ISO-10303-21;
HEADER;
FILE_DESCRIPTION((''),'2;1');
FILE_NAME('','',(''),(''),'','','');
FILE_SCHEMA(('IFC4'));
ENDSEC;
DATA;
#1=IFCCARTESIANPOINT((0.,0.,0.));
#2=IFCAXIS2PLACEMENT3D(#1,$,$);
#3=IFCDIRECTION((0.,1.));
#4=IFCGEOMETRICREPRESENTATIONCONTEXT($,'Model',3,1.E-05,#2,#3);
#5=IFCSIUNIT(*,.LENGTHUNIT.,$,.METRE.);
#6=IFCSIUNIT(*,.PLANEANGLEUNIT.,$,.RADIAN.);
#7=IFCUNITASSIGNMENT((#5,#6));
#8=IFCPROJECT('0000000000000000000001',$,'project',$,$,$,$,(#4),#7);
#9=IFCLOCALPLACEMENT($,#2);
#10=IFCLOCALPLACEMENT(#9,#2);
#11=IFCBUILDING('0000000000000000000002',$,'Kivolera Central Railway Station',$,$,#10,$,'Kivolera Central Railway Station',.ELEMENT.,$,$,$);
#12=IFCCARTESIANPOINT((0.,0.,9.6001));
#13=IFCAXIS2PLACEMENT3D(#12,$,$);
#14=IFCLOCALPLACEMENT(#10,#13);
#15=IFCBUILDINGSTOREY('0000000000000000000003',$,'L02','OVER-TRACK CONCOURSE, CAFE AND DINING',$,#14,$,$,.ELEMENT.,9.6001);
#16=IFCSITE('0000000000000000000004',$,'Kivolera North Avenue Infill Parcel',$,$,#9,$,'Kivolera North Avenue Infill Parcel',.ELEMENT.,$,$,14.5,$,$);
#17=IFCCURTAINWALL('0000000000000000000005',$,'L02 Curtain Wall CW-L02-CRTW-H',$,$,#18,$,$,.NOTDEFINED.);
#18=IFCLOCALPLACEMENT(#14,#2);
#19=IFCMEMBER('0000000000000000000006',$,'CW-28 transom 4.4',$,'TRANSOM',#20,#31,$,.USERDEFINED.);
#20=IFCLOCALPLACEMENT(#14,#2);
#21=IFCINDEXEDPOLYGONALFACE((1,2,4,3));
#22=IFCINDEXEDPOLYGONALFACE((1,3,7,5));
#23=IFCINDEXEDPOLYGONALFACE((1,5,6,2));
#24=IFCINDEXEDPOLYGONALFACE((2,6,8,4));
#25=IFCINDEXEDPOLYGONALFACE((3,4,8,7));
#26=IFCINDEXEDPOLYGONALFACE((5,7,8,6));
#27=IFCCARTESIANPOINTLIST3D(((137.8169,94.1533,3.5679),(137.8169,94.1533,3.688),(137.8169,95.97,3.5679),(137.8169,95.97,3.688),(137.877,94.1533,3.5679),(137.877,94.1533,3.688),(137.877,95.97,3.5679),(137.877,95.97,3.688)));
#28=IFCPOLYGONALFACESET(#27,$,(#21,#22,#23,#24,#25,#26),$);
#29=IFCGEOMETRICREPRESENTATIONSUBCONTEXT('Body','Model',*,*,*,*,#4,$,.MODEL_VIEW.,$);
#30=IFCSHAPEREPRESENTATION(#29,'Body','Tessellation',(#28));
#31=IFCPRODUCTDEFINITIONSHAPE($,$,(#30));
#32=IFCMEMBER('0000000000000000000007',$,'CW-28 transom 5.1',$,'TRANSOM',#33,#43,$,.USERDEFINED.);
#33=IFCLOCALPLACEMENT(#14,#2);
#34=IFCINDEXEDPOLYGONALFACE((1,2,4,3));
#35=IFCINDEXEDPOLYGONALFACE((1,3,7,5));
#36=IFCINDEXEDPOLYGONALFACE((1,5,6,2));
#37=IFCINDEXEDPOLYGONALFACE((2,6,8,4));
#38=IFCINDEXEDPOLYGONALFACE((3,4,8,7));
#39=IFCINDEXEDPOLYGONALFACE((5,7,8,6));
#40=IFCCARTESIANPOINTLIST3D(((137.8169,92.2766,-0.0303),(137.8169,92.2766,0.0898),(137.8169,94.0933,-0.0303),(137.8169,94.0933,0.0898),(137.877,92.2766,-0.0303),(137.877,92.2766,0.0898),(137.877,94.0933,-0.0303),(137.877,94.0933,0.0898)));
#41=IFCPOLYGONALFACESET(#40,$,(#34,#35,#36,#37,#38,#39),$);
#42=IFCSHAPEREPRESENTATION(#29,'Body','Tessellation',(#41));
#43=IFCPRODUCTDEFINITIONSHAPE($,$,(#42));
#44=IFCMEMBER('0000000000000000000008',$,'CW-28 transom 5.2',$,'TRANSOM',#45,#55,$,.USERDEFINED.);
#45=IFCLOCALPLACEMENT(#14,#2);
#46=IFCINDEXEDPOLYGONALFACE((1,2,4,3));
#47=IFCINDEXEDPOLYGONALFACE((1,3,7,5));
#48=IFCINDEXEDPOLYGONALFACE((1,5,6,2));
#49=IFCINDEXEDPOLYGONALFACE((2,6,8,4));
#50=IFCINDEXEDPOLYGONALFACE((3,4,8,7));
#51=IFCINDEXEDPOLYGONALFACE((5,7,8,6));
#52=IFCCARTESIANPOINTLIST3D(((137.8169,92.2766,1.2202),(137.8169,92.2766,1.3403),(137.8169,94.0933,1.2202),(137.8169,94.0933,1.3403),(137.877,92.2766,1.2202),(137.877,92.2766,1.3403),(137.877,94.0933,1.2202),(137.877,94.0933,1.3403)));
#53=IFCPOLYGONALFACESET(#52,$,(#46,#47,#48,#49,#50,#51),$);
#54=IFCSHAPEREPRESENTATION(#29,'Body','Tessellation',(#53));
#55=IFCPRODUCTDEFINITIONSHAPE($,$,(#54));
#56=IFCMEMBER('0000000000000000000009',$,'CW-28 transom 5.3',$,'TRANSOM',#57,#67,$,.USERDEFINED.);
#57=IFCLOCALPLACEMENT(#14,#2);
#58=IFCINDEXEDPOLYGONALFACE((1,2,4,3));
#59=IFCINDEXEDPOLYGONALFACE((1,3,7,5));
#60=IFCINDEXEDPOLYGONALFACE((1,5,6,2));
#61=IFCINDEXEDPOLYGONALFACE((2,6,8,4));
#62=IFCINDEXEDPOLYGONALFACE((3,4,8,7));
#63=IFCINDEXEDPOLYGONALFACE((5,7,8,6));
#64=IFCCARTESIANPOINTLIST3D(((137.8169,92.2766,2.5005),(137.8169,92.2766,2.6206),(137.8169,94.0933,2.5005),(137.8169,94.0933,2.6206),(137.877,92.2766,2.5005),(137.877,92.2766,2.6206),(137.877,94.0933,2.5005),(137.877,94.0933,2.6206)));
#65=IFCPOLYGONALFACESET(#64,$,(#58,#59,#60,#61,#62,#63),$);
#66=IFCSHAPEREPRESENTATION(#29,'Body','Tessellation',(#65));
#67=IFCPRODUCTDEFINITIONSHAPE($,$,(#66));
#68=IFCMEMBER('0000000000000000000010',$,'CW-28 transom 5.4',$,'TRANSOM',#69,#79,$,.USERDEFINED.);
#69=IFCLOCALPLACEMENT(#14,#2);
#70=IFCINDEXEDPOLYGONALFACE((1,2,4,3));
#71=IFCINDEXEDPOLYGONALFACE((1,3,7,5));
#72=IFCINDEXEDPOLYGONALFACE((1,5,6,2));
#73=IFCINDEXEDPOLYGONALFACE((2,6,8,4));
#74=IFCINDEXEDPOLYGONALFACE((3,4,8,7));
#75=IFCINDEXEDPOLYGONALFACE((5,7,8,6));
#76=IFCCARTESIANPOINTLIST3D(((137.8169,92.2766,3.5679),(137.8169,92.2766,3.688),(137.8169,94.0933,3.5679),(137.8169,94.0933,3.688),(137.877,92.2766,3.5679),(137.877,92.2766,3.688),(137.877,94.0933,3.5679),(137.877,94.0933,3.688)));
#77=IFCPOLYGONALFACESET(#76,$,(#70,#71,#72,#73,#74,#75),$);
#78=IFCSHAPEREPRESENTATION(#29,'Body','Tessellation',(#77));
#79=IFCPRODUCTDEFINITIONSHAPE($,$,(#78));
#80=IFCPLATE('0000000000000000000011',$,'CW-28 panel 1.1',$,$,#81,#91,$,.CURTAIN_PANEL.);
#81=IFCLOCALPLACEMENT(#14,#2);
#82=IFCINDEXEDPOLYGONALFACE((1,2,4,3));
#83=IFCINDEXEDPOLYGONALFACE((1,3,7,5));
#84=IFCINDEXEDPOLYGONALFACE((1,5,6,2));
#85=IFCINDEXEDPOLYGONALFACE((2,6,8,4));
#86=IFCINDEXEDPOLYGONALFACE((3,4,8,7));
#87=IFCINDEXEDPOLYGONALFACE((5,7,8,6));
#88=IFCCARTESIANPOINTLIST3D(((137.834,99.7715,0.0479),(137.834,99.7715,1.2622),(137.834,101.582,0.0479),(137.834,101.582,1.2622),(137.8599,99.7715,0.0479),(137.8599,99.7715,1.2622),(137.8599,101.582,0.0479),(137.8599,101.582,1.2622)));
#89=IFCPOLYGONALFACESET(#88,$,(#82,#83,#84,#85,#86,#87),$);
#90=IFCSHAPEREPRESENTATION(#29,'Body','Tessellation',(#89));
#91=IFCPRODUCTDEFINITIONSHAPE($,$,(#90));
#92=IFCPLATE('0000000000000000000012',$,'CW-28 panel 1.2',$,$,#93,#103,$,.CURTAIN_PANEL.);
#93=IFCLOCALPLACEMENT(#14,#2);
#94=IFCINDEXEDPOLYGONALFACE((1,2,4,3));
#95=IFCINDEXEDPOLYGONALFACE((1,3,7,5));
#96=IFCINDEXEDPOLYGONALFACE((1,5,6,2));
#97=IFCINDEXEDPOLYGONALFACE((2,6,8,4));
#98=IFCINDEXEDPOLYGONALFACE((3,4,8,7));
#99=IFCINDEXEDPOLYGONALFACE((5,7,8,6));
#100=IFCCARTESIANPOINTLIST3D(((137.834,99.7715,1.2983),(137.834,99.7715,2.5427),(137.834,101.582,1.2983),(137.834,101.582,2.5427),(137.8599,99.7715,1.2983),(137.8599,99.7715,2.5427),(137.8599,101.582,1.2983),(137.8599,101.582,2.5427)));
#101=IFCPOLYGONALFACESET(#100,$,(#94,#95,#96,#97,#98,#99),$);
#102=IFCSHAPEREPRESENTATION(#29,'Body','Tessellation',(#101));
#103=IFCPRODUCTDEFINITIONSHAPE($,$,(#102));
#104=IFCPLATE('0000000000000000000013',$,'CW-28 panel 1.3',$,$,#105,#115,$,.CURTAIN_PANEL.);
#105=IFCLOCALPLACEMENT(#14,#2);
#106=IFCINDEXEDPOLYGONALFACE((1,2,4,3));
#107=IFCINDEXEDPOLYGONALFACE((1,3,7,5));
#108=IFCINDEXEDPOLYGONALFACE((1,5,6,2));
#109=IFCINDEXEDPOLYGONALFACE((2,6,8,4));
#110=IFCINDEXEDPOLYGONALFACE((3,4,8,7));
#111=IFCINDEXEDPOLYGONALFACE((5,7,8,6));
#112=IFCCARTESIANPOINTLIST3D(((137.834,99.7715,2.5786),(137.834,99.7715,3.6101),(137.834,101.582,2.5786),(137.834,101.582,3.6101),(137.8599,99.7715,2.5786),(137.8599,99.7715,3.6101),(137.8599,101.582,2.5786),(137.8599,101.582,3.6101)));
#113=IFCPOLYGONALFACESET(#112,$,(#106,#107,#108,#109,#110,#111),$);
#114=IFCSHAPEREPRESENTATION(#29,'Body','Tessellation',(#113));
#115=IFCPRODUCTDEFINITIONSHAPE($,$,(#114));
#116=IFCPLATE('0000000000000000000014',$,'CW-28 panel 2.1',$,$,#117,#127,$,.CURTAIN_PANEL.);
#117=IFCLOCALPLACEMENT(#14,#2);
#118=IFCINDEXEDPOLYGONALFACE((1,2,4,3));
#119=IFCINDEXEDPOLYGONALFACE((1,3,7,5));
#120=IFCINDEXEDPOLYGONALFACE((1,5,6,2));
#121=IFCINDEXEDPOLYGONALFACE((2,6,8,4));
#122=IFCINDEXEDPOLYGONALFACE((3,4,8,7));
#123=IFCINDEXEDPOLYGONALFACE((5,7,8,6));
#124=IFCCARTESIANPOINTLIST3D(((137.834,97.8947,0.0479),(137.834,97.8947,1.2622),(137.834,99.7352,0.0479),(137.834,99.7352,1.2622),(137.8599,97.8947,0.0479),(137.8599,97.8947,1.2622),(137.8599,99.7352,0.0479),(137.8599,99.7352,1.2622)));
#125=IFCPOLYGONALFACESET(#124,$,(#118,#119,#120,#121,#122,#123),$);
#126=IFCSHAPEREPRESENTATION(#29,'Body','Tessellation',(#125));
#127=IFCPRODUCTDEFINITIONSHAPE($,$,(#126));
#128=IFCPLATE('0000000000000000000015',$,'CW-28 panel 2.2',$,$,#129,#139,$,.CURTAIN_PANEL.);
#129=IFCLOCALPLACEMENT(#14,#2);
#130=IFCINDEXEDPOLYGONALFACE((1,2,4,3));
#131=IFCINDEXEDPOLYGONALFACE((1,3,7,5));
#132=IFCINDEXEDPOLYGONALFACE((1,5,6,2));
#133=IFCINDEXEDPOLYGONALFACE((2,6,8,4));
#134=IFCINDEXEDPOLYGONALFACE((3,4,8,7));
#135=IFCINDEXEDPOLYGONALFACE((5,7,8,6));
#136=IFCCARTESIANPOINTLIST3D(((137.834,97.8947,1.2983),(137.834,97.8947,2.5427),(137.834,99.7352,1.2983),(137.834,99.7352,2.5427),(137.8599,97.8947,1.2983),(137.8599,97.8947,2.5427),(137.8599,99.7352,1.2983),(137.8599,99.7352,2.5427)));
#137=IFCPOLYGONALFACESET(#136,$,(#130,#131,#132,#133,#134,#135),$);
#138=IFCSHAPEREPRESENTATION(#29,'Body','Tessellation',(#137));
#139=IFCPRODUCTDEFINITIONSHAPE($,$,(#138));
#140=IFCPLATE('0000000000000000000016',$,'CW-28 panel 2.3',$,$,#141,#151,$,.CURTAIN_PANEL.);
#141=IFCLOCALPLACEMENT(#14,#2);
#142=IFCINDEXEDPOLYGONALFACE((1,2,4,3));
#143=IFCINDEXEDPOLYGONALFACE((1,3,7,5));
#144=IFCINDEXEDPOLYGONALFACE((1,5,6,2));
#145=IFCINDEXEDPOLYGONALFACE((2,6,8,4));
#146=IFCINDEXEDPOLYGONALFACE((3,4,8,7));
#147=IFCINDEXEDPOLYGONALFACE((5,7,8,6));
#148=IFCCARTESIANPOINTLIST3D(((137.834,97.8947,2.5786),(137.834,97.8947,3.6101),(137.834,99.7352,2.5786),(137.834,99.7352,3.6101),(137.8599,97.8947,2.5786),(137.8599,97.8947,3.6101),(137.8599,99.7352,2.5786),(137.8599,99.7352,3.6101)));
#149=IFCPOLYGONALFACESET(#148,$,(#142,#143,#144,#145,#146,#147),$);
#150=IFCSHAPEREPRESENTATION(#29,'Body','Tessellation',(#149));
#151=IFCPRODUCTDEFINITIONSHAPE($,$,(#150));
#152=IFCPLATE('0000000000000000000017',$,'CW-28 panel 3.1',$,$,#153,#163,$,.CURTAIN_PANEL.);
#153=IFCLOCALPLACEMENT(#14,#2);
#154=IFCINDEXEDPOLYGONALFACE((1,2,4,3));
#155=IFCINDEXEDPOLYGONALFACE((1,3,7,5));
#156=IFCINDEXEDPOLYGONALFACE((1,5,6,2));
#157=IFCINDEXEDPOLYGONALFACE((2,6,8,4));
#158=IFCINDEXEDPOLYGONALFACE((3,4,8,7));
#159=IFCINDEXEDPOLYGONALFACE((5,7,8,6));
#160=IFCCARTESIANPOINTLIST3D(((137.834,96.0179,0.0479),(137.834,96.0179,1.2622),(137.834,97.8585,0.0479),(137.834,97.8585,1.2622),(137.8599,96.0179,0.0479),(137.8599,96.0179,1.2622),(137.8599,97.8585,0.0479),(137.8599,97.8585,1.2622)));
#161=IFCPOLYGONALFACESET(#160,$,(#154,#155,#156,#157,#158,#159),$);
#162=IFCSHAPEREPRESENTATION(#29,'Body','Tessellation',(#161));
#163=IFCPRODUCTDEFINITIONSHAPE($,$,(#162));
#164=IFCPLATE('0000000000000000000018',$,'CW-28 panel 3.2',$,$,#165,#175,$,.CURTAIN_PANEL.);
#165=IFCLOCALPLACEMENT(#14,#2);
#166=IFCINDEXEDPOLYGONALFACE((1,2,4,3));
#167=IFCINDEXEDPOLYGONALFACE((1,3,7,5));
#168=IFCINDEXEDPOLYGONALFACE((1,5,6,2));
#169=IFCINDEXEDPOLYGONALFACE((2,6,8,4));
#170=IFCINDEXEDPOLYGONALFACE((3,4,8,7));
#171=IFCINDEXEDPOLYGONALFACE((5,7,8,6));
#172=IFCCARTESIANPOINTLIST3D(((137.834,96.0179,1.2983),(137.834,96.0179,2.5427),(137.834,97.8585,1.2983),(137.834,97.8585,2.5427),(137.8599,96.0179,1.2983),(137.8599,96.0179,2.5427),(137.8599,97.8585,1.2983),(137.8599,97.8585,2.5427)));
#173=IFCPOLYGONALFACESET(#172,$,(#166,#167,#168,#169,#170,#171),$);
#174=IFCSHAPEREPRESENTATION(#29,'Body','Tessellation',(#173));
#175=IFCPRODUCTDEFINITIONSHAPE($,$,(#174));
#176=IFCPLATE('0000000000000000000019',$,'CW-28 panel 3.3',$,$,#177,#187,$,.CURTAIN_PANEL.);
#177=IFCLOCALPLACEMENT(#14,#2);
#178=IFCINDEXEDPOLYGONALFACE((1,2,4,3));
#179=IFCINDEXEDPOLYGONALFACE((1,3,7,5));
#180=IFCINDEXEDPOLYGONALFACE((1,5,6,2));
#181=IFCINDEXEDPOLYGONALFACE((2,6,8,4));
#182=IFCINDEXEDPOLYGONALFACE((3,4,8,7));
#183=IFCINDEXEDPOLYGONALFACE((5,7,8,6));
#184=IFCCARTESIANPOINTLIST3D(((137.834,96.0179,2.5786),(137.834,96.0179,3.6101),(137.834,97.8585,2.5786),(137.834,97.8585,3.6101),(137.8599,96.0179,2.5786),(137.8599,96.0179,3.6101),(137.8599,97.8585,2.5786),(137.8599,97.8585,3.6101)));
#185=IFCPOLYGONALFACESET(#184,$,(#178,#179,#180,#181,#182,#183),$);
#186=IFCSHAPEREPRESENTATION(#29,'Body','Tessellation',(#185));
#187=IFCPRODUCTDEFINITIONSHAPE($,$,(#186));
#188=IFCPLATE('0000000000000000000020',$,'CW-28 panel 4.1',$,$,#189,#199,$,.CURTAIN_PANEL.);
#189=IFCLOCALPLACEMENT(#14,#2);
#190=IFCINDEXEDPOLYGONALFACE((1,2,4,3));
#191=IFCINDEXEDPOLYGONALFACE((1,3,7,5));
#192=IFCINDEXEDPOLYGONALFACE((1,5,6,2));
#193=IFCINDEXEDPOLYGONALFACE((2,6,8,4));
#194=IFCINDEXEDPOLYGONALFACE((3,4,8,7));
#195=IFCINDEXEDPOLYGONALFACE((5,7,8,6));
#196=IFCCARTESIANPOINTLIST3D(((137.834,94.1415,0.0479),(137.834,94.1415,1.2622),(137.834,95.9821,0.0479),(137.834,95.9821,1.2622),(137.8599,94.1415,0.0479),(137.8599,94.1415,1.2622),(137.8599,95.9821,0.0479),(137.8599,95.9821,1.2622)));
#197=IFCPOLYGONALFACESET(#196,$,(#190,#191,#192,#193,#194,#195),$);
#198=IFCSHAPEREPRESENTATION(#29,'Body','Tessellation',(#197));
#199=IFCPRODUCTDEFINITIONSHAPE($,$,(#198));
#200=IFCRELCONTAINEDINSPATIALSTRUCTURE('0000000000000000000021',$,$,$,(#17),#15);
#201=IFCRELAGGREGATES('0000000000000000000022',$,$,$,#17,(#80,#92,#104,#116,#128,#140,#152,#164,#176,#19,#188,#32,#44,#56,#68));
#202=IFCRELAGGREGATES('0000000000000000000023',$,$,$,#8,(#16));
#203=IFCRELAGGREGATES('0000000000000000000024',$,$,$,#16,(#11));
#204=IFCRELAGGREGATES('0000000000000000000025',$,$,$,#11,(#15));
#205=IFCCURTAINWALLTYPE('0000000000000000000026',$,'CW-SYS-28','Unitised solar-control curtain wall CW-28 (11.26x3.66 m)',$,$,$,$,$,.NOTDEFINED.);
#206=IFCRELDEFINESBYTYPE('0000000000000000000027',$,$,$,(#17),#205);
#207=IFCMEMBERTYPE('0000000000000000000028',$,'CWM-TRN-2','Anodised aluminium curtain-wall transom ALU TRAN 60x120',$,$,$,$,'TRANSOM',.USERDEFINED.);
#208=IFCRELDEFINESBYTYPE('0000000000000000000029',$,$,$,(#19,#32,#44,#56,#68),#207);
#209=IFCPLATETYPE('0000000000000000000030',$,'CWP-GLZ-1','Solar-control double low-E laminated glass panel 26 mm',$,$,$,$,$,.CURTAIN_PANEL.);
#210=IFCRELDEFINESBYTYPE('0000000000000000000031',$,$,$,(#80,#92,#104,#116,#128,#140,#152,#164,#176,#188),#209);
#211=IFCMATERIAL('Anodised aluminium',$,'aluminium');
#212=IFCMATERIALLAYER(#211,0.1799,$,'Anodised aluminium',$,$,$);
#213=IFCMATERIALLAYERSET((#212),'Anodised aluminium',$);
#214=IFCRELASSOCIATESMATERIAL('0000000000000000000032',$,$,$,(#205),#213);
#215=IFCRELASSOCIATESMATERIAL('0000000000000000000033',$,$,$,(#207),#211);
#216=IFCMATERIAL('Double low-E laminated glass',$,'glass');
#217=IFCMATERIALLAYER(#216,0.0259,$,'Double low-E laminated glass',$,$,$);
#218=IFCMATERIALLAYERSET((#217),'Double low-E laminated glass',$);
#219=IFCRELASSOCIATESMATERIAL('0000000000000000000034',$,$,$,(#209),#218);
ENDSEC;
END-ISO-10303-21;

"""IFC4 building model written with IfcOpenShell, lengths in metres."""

from ifc_helpers import new_model, si_unit, direction, frame, origin, origin_2d, place, context, subcontext, project, spatial, rectangle, extrude, material, layer, layer_set, material_profile, profile_set, type_object, element, aggregate, save


model = new_model("IFC4")

# Units and contexts
model_context = context("Model", 3, precision=1e-05, world=origin(), true_north=direction((0.0, 1.0)))
body_context = subcontext(model_context, "Body", "Model", "MODEL_VIEW")
ifc_project = project(units=[si_unit("LENGTHUNIT", "METRE"), si_unit("PLANEANGLEUNIT", "RADIAN")], contexts=[model_context])

# Site, building, storey
site_placement = place(None, origin())
site = spatial("IfcSite", under=ifc_project, at=site_placement, Name="Kivolera North Avenue Infill Parcel", LongName="Kivolera North Avenue Infill Parcel", CompositionType="ELEMENT", RefElevation=14.5)
building_placement = place(site_placement, origin())
building = spatial("IfcBuilding", under=site, at=building_placement, Name="Kivolera Central Railway Station", LongName="Kivolera Central Railway Station", CompositionType="ELEMENT")
storey_placement = place(building_placement, frame((0.0, 0.0, 9.6001)))
storey = spatial("IfcBuildingStorey", under=building, at=storey_placement, Name="L02", Description="OVER-TRACK CONCOURSE, CAFE AND DINING", CompositionType="ELEMENT", Elevation=9.6001)

# Curtain wall, members, plates
ifc_material_1 = material(Name="Anodised aluminium", Category="aluminium")
ifc_layer_1 = layer(ifc_material_1, 0.1799, Name="Anodised aluminium")
ifc_layer_set_1 = layer_set([ifc_layer_1], Name="Anodised aluminium")
curtain_wall_type = type_object("IfcCurtainWallType", Name="CW-SYS-28", Description="Unitised solar-control curtain wall CW-28 (11.26x3.66 m)", PredefinedType="NOTDEFINED", material=ifc_layer_set_1)
curtain_wall_placement = place(storey_placement, origin())
curtain_wall = element("IfcCurtainWall", 1, at=curtain_wall_placement, inside=storey, type_object=curtain_wall_type, Name="L02 Curtain Wall CW-L02-CRTW-H", PredefinedType="NOTDEFINED")
ifc_material_profile_1 = material_profile(ifc_material_1, rectangle(XDim=0.0601, YDim=0.1201, at=origin_2d()), Name="ALU TRAN 60x120")
ifc_profile_set_1 = profile_set([ifc_material_profile_1], Name="Anodised aluminium")
member_type_1 = type_object("IfcMemberType", Name="CWM-TRN-2", Description="Anodised aluminium curtain-wall transom ALU TRAN 60x120", ElementType="TRANSOM", PredefinedType="USERDEFINED", material=ifc_profile_set_1)
member_1_placement = place(storey_placement, frame((137.8469, 95.97, 3.6279), z_axis=(0.0, -1.0, 0.0), x_axis=(1.0, 0.0, 0.0)))
member_1 = element("IfcMember", 2, at=member_1_placement, type_object=member_type_1, Name="CW-28 transom 4.4", ObjectType="TRANSOM", PredefinedType="USERDEFINED", context=body_context, shape_type="SweptSolid", body=[
    extrude(rectangle(XDim=0.0601, YDim=0.1201, at=origin_2d()), origin(), (0.0, 0.0, 1.0), 1.8167),
])
member_2_placement = place(storey_placement, frame((137.8469, 94.0933, 0.0298), z_axis=(0.0, -1.0, 0.0), x_axis=(1.0, 0.0, 0.0)))
member_2 = element("IfcMember", 3, at=member_2_placement, type_object=member_type_1, Name="CW-28 transom 5.1", ObjectType="TRANSOM", PredefinedType="USERDEFINED", context=body_context, shape_type="SweptSolid", body=[
    extrude(rectangle(XDim=0.0601, YDim=0.1201, at=origin_2d()), origin(), (0.0, 0.0, 1.0), 1.8167),
])
member_3_placement = place(storey_placement, frame((137.8469, 94.0933, 1.2803), z_axis=(0.0, -1.0, 0.0), x_axis=(1.0, 0.0, 0.0)))
member_3 = element("IfcMember", 4, at=member_3_placement, type_object=member_type_1, Name="CW-28 transom 5.2", ObjectType="TRANSOM", PredefinedType="USERDEFINED", context=body_context, shape_type="SweptSolid", body=[
    extrude(rectangle(XDim=0.0601, YDim=0.1201, at=origin_2d()), origin(), (0.0, 0.0, 1.0), 1.8167),
])
member_4_placement = place(storey_placement, frame((137.8469, 94.0933, 2.5605), z_axis=(0.0, -1.0, 0.0), x_axis=(1.0, 0.0, 0.0)))
member_4 = element("IfcMember", 5, at=member_4_placement, type_object=member_type_1, Name="CW-28 transom 5.3", ObjectType="TRANSOM", PredefinedType="USERDEFINED", context=body_context, shape_type="SweptSolid", body=[
    extrude(rectangle(XDim=0.0601, YDim=0.1201, at=origin_2d()), origin(), (0.0, 0.0, 1.0), 1.8167),
])
member_5_placement = place(storey_placement, frame((137.8469, 94.0933, 3.6279), z_axis=(0.0, -1.0, 0.0), x_axis=(1.0, 0.0, 0.0)))
member_5 = element("IfcMember", 6, at=member_5_placement, type_object=member_type_1, Name="CW-28 transom 5.4", ObjectType="TRANSOM", PredefinedType="USERDEFINED", context=body_context, shape_type="SweptSolid", body=[
    extrude(rectangle(XDim=0.0601, YDim=0.1201, at=origin_2d()), origin(), (0.0, 0.0, 1.0), 1.8167),
])
ifc_material_2 = material(Name="Double low-E laminated glass", Category="glass")
ifc_layer_2 = layer(ifc_material_2, 0.0259, Name="Double low-E laminated glass")
ifc_layer_set_2 = layer_set([ifc_layer_2], Name="Double low-E laminated glass")
plate_type = type_object("IfcPlateType", Name="CWP-GLZ-1", Description="Solar-control double low-E laminated glass panel 26 mm", PredefinedType="CURTAIN_PANEL", material=ifc_layer_set_2)
plate_1_placement = place(storey_placement, frame((137.8469, 100.6768, 0.0479), z_axis=(0.0, 0.0, 1.0), x_axis=(0.0, -1.0, 0.0)))
plate_1 = element("IfcPlate", 7, at=plate_1_placement, type_object=plate_type, Name="CW-28 panel 1.1", PredefinedType="CURTAIN_PANEL", context=body_context, shape_type="SweptSolid", body=[
    extrude(rectangle(XDim=1.8105, YDim=0.0259, at=origin_2d()), origin(), (0.0, 0.0, 1.0), 1.2144),
])
plate_2_placement = place(storey_placement, frame((137.8469, 100.6768, 1.2983), z_axis=(0.0, 0.0, 1.0), x_axis=(0.0, -1.0, 0.0)))
plate_2 = element("IfcPlate", 8, at=plate_2_placement, type_object=plate_type, Name="CW-28 panel 1.2", PredefinedType="CURTAIN_PANEL", context=body_context, shape_type="SweptSolid", body=[
    extrude(rectangle(XDim=1.8105, YDim=0.0259, at=origin_2d()), origin(), (0.0, 0.0, 1.0), 1.2444),
])
plate_3_placement = place(storey_placement, frame((137.8469, 100.6768, 2.5786), z_axis=(0.0, 0.0, 1.0), x_axis=(0.0, -1.0, 0.0)))
plate_3 = element("IfcPlate", 9, at=plate_3_placement, type_object=plate_type, Name="CW-28 panel 1.3", PredefinedType="CURTAIN_PANEL", context=body_context, shape_type="SweptSolid", body=[
    extrude(rectangle(XDim=1.8105, YDim=0.0259, at=origin_2d()), origin(), (0.0, 0.0, 1.0), 1.0315),
])
plate_4_placement = place(storey_placement, frame((137.8469, 98.8149, 0.0479), z_axis=(0.0, 0.0, 1.0), x_axis=(0.0, -1.0, 0.0)))
plate_4 = element("IfcPlate", 10, at=plate_4_placement, type_object=plate_type, Name="CW-28 panel 2.1", PredefinedType="CURTAIN_PANEL", context=body_context, shape_type="SweptSolid", body=[
    extrude(rectangle(XDim=1.8406, YDim=0.0259, at=origin_2d()), origin(), (0.0, 0.0, 1.0), 1.2144),
])
plate_5_placement = place(storey_placement, frame((137.8469, 98.8149, 1.2983), z_axis=(0.0, 0.0, 1.0), x_axis=(0.0, -1.0, 0.0)))
plate_5 = element("IfcPlate", 11, at=plate_5_placement, type_object=plate_type, Name="CW-28 panel 2.2", PredefinedType="CURTAIN_PANEL", context=body_context, shape_type="SweptSolid", body=[
    extrude(rectangle(XDim=1.8406, YDim=0.0259, at=origin_2d()), origin(), (0.0, 0.0, 1.0), 1.2444),
])
plate_6_placement = place(storey_placement, frame((137.8469, 98.8149, 2.5786), z_axis=(0.0, 0.0, 1.0), x_axis=(0.0, -1.0, 0.0)))
plate_6 = element("IfcPlate", 12, at=plate_6_placement, type_object=plate_type, Name="CW-28 panel 2.3", PredefinedType="CURTAIN_PANEL", context=body_context, shape_type="SweptSolid", body=[
    extrude(rectangle(XDim=1.8406, YDim=0.0259, at=origin_2d()), origin(), (0.0, 0.0, 1.0), 1.0315),
])
plate_7_placement = place(storey_placement, frame((137.8469, 96.9382, 0.0479), z_axis=(0.0, 0.0, 1.0), x_axis=(0.0, -1.0, 0.0)))
plate_7 = element("IfcPlate", 13, at=plate_7_placement, type_object=plate_type, Name="CW-28 panel 3.1", PredefinedType="CURTAIN_PANEL", context=body_context, shape_type="SweptSolid", body=[
    extrude(rectangle(XDim=1.8406, YDim=0.0259, at=origin_2d()), origin(), (0.0, 0.0, 1.0), 1.2144),
])
plate_8_placement = place(storey_placement, frame((137.8469, 96.9382, 1.2983), z_axis=(0.0, 0.0, 1.0), x_axis=(0.0, -1.0, 0.0)))
plate_8 = element("IfcPlate", 14, at=plate_8_placement, type_object=plate_type, Name="CW-28 panel 3.2", PredefinedType="CURTAIN_PANEL", context=body_context, shape_type="SweptSolid", body=[
    extrude(rectangle(XDim=1.8406, YDim=0.0259, at=origin_2d()), origin(), (0.0, 0.0, 1.0), 1.2444),
])
plate_9_placement = place(storey_placement, frame((137.8469, 96.9382, 2.5786), z_axis=(0.0, 0.0, 1.0), x_axis=(0.0, -1.0, 0.0)))
plate_9 = element("IfcPlate", 15, at=plate_9_placement, type_object=plate_type, Name="CW-28 panel 3.3", PredefinedType="CURTAIN_PANEL", context=body_context, shape_type="SweptSolid", body=[
    extrude(rectangle(XDim=1.8406, YDim=0.0259, at=origin_2d()), origin(), (0.0, 0.0, 1.0), 1.0315),
])
plate_10_placement = place(storey_placement, frame((137.8469, 95.0618, 0.0479), z_axis=(0.0, 0.0, 1.0), x_axis=(0.0, -1.0, 0.0)))
plate_10 = element("IfcPlate", 16, at=plate_10_placement, type_object=plate_type, Name="CW-28 panel 4.1", PredefinedType="CURTAIN_PANEL", context=body_context, shape_type="SweptSolid", body=[
    extrude(rectangle(XDim=1.8406, YDim=0.0259, at=origin_2d()), origin(), (0.0, 0.0, 1.0), 1.2144),
])
aggregate(curtain_wall, [plate_1, plate_2, plate_3, plate_4, plate_5, plate_6, plate_7, plate_8, plate_9, member_1, plate_10, member_2, member_3, member_4, member_5])

save(model, "model.ifc")
